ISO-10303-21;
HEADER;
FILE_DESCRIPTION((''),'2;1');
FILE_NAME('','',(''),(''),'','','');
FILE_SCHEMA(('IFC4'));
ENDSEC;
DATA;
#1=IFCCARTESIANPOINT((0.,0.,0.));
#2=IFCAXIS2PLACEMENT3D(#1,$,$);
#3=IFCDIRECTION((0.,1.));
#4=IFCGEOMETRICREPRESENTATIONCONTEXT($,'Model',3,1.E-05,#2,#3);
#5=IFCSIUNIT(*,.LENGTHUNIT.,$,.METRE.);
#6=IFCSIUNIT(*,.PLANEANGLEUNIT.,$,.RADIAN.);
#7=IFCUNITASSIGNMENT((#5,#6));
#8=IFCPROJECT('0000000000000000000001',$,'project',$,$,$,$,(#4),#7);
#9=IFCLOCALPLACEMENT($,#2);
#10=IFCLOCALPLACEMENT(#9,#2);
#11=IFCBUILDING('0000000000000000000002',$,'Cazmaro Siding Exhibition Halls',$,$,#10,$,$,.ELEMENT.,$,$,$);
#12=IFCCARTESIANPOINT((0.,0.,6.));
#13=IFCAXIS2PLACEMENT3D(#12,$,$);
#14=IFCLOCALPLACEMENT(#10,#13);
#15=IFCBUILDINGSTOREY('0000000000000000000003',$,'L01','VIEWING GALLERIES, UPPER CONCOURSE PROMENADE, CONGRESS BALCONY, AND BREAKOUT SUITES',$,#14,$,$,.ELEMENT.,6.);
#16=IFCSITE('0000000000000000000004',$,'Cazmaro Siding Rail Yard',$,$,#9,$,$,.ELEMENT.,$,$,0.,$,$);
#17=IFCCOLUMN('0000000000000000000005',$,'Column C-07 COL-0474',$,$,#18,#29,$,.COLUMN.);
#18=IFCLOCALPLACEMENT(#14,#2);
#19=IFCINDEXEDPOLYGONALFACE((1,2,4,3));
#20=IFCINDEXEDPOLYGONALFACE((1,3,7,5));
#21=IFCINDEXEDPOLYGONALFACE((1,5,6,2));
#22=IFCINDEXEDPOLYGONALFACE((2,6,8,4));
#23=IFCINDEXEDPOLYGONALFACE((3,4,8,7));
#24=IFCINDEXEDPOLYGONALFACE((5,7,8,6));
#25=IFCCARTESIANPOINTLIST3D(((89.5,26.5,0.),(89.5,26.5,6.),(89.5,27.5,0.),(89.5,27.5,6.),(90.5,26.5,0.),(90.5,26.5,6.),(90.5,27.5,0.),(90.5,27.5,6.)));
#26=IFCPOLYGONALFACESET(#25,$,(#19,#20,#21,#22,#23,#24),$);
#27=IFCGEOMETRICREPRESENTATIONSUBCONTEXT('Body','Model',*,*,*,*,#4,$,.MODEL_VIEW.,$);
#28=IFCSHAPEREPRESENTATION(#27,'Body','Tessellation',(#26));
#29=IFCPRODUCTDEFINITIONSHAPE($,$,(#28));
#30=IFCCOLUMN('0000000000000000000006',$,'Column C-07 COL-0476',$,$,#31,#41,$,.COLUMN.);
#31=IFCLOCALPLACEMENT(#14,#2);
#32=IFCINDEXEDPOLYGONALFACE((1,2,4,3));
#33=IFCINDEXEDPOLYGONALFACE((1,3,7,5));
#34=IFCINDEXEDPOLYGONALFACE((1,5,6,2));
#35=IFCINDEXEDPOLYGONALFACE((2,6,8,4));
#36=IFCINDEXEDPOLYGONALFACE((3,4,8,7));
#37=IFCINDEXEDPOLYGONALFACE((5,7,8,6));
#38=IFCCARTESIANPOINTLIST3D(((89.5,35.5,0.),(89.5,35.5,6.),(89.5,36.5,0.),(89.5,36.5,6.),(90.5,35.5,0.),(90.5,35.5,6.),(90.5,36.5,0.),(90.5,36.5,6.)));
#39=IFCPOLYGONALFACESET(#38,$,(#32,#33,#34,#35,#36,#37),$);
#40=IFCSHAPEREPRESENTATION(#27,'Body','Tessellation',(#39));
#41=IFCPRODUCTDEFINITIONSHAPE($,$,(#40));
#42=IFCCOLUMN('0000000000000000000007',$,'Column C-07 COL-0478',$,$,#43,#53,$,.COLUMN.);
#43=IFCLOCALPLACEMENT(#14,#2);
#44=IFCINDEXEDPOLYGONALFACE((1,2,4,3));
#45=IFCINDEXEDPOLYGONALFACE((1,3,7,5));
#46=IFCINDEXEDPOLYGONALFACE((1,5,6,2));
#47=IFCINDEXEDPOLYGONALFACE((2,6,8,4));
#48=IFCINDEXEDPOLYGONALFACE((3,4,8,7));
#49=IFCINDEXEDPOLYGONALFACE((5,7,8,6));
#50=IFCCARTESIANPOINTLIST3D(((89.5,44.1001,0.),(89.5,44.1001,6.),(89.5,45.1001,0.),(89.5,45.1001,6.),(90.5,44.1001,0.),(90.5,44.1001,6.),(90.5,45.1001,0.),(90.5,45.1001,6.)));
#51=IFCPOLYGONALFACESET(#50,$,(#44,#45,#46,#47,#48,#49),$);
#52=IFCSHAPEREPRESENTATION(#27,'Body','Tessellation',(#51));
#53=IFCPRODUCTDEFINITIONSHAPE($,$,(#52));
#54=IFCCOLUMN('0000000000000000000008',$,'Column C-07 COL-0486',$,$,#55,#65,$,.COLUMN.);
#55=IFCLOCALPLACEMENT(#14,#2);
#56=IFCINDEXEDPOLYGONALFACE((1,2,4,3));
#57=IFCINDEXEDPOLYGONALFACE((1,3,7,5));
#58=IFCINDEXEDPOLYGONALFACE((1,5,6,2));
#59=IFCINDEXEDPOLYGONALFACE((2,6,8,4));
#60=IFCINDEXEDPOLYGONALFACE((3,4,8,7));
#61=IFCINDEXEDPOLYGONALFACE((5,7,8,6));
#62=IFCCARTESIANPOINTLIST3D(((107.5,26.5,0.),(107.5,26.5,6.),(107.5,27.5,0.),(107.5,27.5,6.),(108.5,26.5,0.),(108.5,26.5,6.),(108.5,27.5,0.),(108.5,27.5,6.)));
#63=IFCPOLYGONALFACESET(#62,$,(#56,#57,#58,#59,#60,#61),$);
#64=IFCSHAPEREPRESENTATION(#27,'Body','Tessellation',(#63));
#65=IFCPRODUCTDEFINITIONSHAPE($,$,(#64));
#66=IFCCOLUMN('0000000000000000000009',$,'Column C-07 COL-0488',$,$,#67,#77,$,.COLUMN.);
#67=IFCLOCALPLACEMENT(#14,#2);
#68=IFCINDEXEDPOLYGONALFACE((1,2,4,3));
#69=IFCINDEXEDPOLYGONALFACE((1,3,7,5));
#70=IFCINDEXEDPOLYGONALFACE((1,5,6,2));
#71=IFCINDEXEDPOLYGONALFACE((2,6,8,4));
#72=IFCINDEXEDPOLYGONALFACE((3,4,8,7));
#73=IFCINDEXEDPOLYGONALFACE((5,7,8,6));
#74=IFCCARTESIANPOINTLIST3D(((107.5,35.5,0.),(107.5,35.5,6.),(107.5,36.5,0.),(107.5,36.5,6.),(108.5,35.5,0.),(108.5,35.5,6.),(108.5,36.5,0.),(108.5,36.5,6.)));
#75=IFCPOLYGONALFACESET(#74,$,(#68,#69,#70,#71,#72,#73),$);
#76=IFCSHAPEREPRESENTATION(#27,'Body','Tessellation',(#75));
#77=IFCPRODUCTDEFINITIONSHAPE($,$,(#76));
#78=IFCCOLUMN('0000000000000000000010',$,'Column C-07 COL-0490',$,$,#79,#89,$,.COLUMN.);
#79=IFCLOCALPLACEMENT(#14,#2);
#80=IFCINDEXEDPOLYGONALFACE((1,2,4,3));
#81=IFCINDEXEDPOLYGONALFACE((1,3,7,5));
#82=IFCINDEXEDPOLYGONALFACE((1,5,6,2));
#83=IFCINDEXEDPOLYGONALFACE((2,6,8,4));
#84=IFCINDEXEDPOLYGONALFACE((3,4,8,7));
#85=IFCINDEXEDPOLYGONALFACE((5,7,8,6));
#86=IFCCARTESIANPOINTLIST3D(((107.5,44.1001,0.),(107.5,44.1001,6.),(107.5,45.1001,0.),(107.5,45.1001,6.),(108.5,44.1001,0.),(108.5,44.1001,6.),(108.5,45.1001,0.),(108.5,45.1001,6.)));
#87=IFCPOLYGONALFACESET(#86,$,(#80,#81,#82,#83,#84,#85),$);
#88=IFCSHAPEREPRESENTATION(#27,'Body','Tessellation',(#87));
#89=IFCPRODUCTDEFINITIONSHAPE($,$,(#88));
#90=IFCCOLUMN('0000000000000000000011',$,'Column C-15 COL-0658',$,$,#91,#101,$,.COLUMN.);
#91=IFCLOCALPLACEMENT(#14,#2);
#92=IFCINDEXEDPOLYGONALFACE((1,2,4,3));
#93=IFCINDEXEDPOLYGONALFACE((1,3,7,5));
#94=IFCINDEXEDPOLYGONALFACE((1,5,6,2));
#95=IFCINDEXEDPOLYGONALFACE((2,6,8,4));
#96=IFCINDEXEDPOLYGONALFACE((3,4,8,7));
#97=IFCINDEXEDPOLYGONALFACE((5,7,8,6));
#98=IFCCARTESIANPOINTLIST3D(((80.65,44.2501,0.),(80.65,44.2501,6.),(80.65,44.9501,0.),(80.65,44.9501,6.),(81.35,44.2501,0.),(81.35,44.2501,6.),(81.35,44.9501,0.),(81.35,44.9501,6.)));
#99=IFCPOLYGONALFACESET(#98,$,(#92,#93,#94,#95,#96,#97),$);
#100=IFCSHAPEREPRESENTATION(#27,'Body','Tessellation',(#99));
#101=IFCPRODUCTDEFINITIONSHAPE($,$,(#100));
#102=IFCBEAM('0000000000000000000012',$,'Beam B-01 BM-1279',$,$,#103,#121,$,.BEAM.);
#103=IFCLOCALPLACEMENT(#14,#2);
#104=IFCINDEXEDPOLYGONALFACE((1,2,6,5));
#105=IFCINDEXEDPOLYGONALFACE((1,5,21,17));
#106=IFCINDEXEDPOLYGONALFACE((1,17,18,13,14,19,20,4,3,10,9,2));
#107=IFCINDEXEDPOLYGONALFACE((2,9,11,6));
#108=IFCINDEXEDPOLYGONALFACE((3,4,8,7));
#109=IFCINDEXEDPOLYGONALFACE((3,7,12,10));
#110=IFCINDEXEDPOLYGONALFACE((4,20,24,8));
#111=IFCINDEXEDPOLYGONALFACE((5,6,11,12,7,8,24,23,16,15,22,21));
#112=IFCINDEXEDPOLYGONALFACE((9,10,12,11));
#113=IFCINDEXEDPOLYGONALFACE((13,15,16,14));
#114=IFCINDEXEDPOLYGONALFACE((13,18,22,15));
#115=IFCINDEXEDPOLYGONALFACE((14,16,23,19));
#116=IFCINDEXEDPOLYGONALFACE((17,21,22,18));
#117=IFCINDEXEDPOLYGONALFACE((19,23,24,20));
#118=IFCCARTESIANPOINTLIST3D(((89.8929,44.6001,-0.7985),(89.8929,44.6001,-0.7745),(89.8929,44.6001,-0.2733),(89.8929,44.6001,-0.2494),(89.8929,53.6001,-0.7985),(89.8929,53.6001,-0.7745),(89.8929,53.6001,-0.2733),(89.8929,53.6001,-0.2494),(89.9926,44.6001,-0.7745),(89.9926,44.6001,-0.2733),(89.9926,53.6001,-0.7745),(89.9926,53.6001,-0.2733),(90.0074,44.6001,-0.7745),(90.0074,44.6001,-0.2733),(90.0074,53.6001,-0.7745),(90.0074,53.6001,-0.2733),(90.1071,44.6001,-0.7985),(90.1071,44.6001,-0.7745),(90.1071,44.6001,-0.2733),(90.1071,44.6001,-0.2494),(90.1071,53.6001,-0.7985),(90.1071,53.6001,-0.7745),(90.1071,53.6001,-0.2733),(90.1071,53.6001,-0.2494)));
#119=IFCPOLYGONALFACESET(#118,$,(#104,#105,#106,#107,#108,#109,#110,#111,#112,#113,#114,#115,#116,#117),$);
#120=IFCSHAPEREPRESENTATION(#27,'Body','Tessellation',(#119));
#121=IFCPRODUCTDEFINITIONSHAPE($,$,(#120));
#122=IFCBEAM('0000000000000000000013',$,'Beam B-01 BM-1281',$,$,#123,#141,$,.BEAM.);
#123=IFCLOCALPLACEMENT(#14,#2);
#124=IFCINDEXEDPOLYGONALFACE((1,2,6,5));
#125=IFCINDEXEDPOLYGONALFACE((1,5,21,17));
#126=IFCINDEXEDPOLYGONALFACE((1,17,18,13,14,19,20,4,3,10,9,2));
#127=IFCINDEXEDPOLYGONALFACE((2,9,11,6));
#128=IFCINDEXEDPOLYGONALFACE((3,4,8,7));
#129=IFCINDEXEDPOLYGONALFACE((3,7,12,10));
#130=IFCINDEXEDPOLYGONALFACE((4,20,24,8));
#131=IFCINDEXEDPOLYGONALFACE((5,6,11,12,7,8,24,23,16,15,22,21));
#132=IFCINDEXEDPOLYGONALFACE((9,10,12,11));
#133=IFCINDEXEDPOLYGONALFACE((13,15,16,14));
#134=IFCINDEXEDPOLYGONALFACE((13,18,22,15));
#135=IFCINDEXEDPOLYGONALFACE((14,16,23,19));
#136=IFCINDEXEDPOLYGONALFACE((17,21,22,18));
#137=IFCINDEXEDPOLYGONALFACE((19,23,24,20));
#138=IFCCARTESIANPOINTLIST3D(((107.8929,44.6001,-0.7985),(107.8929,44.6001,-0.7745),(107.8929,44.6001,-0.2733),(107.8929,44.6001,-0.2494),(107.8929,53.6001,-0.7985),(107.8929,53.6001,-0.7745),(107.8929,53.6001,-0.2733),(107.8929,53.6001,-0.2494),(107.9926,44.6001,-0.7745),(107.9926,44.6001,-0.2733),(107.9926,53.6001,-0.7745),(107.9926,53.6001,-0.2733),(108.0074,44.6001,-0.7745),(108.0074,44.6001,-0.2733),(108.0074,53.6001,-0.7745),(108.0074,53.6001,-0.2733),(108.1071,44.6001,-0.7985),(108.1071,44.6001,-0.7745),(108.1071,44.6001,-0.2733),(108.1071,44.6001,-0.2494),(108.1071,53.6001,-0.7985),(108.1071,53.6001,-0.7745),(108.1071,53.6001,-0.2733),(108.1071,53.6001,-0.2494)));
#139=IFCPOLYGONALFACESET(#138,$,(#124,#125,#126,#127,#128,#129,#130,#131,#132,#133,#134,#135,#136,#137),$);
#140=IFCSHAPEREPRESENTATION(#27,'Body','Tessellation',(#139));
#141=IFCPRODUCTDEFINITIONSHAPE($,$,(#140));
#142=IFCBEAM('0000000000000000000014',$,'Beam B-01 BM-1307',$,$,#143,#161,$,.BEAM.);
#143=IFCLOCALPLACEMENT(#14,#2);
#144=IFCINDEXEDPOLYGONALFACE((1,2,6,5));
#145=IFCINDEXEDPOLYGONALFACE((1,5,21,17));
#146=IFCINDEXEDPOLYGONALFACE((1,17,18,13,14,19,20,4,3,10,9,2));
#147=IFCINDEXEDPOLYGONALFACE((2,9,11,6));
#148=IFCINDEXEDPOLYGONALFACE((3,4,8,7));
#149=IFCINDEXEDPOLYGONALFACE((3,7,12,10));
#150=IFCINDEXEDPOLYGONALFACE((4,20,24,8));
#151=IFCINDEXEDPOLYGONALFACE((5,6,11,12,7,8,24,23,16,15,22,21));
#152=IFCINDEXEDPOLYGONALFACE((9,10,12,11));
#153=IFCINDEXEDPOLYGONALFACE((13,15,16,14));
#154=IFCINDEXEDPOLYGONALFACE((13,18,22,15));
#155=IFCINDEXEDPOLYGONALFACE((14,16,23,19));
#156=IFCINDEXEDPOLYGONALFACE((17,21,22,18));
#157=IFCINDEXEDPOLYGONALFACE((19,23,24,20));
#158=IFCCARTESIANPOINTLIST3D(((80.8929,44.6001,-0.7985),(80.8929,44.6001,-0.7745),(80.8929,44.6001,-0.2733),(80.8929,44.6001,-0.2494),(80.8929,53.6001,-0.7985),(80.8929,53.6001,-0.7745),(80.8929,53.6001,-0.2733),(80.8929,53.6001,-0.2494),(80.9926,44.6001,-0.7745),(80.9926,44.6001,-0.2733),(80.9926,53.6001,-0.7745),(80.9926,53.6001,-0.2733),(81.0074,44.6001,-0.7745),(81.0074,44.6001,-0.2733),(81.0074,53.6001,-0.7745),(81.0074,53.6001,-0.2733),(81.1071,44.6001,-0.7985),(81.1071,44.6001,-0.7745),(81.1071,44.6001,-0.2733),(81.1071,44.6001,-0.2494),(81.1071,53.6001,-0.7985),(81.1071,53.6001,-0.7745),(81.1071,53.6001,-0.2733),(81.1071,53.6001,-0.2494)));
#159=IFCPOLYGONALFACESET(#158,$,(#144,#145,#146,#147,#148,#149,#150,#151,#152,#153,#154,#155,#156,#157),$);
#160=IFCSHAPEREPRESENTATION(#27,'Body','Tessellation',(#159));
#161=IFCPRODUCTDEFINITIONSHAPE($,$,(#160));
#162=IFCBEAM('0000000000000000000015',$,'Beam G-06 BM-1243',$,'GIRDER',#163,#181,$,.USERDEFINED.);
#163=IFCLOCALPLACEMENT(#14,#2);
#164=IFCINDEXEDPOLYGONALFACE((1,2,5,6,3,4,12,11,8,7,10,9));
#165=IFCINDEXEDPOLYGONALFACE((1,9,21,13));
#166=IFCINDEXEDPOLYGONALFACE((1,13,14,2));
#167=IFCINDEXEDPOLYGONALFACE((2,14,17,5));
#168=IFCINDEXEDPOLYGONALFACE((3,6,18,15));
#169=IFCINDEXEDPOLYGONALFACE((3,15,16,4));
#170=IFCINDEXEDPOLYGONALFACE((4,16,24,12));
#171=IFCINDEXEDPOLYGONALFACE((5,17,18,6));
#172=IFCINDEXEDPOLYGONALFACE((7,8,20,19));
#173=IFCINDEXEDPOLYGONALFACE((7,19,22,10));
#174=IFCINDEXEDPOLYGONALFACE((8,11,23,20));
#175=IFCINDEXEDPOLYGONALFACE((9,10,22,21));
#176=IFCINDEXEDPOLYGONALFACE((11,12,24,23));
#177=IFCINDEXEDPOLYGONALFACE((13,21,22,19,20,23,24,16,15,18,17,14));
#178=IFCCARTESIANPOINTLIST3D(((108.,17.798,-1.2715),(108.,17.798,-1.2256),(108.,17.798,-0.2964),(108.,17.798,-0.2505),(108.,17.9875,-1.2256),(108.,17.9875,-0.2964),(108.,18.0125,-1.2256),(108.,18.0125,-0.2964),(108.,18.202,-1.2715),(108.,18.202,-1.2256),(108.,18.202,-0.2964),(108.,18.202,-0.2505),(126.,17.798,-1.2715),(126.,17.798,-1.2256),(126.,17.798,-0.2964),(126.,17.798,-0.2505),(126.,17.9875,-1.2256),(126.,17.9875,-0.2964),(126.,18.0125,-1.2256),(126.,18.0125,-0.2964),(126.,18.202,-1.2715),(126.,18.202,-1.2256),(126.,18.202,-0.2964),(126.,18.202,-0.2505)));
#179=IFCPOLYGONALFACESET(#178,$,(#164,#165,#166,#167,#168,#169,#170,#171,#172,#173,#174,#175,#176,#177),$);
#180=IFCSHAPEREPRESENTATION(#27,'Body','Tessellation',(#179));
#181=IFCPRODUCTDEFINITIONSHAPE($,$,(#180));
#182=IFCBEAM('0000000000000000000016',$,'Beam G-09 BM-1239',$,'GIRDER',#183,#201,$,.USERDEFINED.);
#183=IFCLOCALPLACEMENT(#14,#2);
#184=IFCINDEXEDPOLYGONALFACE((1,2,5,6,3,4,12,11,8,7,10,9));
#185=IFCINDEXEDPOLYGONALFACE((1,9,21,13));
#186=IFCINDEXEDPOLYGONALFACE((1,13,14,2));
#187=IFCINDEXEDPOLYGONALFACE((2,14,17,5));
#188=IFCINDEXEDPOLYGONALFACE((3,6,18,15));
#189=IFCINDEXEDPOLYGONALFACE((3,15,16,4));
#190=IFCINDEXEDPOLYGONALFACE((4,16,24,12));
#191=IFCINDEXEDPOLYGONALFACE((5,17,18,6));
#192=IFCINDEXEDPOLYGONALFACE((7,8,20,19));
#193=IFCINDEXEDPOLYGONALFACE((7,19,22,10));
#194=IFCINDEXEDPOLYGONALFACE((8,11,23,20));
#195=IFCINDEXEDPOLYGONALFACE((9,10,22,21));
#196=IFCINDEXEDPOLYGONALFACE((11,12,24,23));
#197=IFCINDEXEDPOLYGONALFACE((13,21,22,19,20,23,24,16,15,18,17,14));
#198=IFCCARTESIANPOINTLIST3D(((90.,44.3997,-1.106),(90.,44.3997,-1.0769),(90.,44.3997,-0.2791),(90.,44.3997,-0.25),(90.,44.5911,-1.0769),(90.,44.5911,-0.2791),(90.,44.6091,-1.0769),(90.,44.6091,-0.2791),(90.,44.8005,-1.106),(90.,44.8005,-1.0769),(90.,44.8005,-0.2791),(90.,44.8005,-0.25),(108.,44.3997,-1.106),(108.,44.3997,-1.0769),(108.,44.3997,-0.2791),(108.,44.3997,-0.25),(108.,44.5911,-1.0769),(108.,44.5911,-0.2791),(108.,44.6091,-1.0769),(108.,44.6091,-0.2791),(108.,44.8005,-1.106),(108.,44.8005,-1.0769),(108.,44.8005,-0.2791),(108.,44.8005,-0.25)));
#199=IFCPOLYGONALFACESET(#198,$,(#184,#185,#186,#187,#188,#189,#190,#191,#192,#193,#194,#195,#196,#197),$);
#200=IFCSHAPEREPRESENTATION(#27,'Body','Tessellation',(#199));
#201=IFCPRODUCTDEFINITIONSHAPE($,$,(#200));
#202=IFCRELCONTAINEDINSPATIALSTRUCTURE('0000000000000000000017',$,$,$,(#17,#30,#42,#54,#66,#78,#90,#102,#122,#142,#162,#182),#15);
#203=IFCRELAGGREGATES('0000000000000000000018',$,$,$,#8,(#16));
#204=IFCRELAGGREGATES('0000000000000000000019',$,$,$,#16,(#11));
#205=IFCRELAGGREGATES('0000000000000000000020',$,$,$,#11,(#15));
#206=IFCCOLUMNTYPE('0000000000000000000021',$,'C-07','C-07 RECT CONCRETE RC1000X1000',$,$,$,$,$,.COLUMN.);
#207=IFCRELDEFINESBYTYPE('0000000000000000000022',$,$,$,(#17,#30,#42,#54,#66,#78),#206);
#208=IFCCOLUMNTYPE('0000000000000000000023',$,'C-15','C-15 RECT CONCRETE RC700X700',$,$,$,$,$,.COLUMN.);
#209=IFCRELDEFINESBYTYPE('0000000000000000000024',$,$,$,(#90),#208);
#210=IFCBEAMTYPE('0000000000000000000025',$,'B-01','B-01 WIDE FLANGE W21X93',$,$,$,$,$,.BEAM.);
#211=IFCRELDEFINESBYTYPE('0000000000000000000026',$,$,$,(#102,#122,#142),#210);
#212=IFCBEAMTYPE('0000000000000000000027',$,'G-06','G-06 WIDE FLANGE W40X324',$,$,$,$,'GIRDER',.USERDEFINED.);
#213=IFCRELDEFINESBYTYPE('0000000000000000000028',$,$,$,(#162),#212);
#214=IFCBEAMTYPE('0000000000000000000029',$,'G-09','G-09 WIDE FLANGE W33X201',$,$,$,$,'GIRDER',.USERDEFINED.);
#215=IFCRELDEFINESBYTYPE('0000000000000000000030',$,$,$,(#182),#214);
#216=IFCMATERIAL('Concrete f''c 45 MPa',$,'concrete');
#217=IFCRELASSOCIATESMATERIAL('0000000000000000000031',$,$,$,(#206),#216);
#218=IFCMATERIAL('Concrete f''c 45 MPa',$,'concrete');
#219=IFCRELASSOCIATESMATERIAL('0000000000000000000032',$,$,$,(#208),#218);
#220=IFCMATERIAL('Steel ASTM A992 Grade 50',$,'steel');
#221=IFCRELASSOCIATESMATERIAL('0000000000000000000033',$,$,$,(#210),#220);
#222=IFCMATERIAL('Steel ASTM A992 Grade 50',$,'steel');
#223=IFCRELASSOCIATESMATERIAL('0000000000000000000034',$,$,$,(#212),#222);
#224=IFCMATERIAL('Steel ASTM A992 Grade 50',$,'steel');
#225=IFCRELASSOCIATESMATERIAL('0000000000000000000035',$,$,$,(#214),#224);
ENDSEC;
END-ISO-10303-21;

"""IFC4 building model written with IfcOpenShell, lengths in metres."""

from ifc_helpers import new_model, si_unit, direction, frame, origin, origin_2d, place, context, subcontext, project, spatial, rectangle, i_section, extrude, material, material_profile, profile_set, type_object, element, save


model = new_model("IFC4")

# Units and contexts
model_context = context("Model", 3, precision=1e-05, world=origin(), true_north=direction((0.0, 1.0)))
body_context = subcontext(model_context, "Body", "Model", "MODEL_VIEW")
ifc_project = project(units=[si_unit("LENGTHUNIT", "METRE"), si_unit("PLANEANGLEUNIT", "RADIAN")], contexts=[model_context])

# Site, building, storey
site_placement = place(None, origin())
site = spatial("IfcSite", under=ifc_project, at=site_placement, Name="Cazmaro Siding Rail Yard", CompositionType="ELEMENT", RefElevation=0.0)
building_placement = place(site_placement, origin())
building = spatial("IfcBuilding", under=site, at=building_placement, Name="Cazmaro Siding Exhibition Halls", CompositionType="ELEMENT")
storey_placement = place(building_placement, frame((0.0, 0.0, 6.0)))
storey = spatial("IfcBuildingStorey", under=building, at=storey_placement, Name="L01", Description="VIEWING GALLERIES, UPPER CONCOURSE PROMENADE, CONGRESS BALCONY, AND BREAKOUT SUITES", CompositionType="ELEMENT", Elevation=6.0)

# Columns
ifc_material_1 = material(Name="Concrete f'c 45 MPa", Category="concrete")
ifc_material_profile_1 = material_profile(ifc_material_1, rectangle(XDim=1.0, YDim=1.0, at=origin_2d()), Name="RC1000X1000")
ifc_profile_set_1 = profile_set([ifc_material_profile_1], Name="Concrete f'c 45 MPa")
column_type_1 = type_object("IfcColumnType", Name="C-07", Description="C-07 RECT CONCRETE RC1000X1000", PredefinedType="COLUMN", material=ifc_profile_set_1)
for number, where, z_axis, x_axis, name in (
    (1, (90.0, 27.0, 0.0), (0.0, 0.0, 1.0), (1.0, 0.0, 0.0), "Column C-07 COL-0474"),
    (2, (90.0, 36.0, 0.0), (0.0, 0.0, 1.0), (1.0, 0.0, 0.0), "Column C-07 COL-0476"),
    (3, (90.0, 44.6001, 0.0), (0.0, 0.0, 1.0), (1.0, 0.0, 0.0), "Column C-07 COL-0478"),
    (4, (108.0, 27.0, 0.0), (0.0, 0.0, 1.0), (1.0, 0.0, 0.0), "Column C-07 COL-0486"),
    (5, (108.0, 36.0, 0.0), (0.0, 0.0, 1.0), (1.0, 0.0, 0.0), "Column C-07 COL-0488"),
    (6, (108.0, 44.6001, 0.0), (0.0, 0.0, 1.0), (1.0, 0.0, 0.0), "Column C-07 COL-0490"),
):
    element("IfcColumn", number, at=place(storey_placement, frame(where, z_axis=z_axis, x_axis=x_axis)), inside=storey, type_object=column_type_1, Name=name, PredefinedType="COLUMN", context=body_context, shape_type="SweptSolid", body=[
        extrude(rectangle(XDim=1.0, YDim=1.0, at=origin_2d()), origin(), (0.0, 0.0, 1.0), 6.0),
    ])
ifc_material_2 = material(Name="Concrete f'c 45 MPa", Category="concrete")
ifc_material_profile_2 = material_profile(ifc_material_2, rectangle(XDim=0.7, YDim=0.7, at=origin_2d()), Name="RC700X700")
ifc_profile_set_2 = profile_set([ifc_material_profile_2], Name="Concrete f'c 45 MPa")
column_type_2 = type_object("IfcColumnType", Name="C-15", Description="C-15 RECT CONCRETE RC700X700", PredefinedType="COLUMN", material=ifc_profile_set_2)
column_placement = place(storey_placement, frame((81.0, 44.6001, 0.0), z_axis=(0.0, 0.0, 1.0), x_axis=(1.0, 0.0, 0.0)))
element("IfcColumn", 7, at=column_placement, inside=storey, type_object=column_type_2, Name="Column C-15 COL-0658", PredefinedType="COLUMN", context=body_context, shape_type="SweptSolid", body=[
    extrude(rectangle(XDim=0.7, YDim=0.7, at=origin_2d()), origin(), (0.0, 0.0, 1.0), 6.0),
])

# Beams
ifc_material_3 = material(Name="Steel ASTM A992 Grade 50", Category="steel")
ifc_material_profile_3 = material_profile(ifc_material_3, i_section(OverallWidth=0.2141, OverallDepth=0.5491, WebThickness=0.0149, FlangeThickness=0.0239, at=origin_2d()), Name="W21X93")
ifc_profile_set_3 = profile_set([ifc_material_profile_3], Name="Steel ASTM A992 Grade 50")
beam_type_1 = type_object("IfcBeamType", Name="B-01", Description="B-01 WIDE FLANGE W21X93", PredefinedType="BEAM", material=ifc_profile_set_3)
for number, where, z_axis, x_axis, name in (
    (8, (90.0, 44.6001, -0.5239), (0.0, 1.0, 0.0), (-1.0, 0.0, 0.0), "Beam B-01 BM-1279"),
    (9, (108.0, 44.6001, -0.5239), (0.0, 1.0, 0.0), (-1.0, 0.0, 0.0), "Beam B-01 BM-1281"),
    (10, (81.0, 44.6001, -0.5239), (0.0, 1.0, 0.0), (-1.0, 0.0, 0.0), "Beam B-01 BM-1307"),
):
    element("IfcBeam", number, at=place(storey_placement, frame(where, z_axis=z_axis, x_axis=x_axis)), inside=storey, type_object=beam_type_1, Name=name, PredefinedType="BEAM", context=body_context, shape_type="SweptSolid", body=[
        extrude(i_section(OverallWidth=0.2141, OverallDepth=0.5491, WebThickness=0.0149, FlangeThickness=0.0239, at=origin_2d()), origin(), (0.0, 0.0, 1.0), 9.0),
    ])
ifc_material_4 = material(Name="Steel ASTM A992 Grade 50", Category="steel")
ifc_material_profile_4 = material_profile(ifc_material_4, i_section(OverallWidth=0.4041, OverallDepth=1.021, WebThickness=0.0249, FlangeThickness=0.0459, at=origin_2d()), Name="W40X324")
ifc_profile_set_4 = profile_set([ifc_material_profile_4], Name="Steel ASTM A992 Grade 50")
beam_type_2 = type_object("IfcBeamType", Name="G-06", Description="G-06 WIDE FLANGE W40X324", ElementType="GIRDER", PredefinedType="USERDEFINED", material=ifc_profile_set_4)
beam_1_placement = place(storey_placement, frame((108.0, 18.0, -0.761), z_axis=(1.0, 0.0, 0.0), x_axis=(0.0, 1.0, 0.0)))
element("IfcBeam", 11, at=beam_1_placement, inside=storey, type_object=beam_type_2, Name="Beam G-06 BM-1243", ObjectType="GIRDER", PredefinedType="USERDEFINED", context=body_context, shape_type="SweptSolid", body=[
    extrude(i_section(OverallWidth=0.4041, OverallDepth=1.021, WebThickness=0.0249, FlangeThickness=0.0459, at=origin_2d()), origin(), (0.0, 0.0, 1.0), 18.0),
])
ifc_material_5 = material(Name="Steel ASTM A992 Grade 50", Category="steel")
ifc_material_profile_5 = material_profile(ifc_material_5, i_section(OverallWidth=0.4009, OverallDepth=0.856, WebThickness=0.0181, FlangeThickness=0.0291, at=origin_2d()), Name="W33X201")
ifc_profile_set_5 = profile_set([ifc_material_profile_5], Name="Steel ASTM A992 Grade 50")
beam_type_3 = type_object("IfcBeamType", Name="G-09", Description="G-09 WIDE FLANGE W33X201", ElementType="GIRDER", PredefinedType="USERDEFINED", material=ifc_profile_set_5)
for number, where, z_axis, x_axis, name in (
    (12, (90.0, 44.6001, -0.678), (1.0, 0.0, 0.0), (0.0, 1.0, 0.0), "Beam G-09 BM-1239"),
):
    element("IfcBeam", number, at=place(storey_placement, frame(where, z_axis=z_axis, x_axis=x_axis)), inside=storey, type_object=beam_type_3, Name=name, ObjectType="GIRDER", PredefinedType="USERDEFINED", context=body_context, shape_type="SweptSolid", body=[
        extrude(i_section(OverallWidth=0.4009, OverallDepth=0.856, WebThickness=0.0181, FlangeThickness=0.0291, at=origin_2d()), origin(), (0.0, 0.0, 1.0), 18.0),
    ])

save(model, "model.ifc")
